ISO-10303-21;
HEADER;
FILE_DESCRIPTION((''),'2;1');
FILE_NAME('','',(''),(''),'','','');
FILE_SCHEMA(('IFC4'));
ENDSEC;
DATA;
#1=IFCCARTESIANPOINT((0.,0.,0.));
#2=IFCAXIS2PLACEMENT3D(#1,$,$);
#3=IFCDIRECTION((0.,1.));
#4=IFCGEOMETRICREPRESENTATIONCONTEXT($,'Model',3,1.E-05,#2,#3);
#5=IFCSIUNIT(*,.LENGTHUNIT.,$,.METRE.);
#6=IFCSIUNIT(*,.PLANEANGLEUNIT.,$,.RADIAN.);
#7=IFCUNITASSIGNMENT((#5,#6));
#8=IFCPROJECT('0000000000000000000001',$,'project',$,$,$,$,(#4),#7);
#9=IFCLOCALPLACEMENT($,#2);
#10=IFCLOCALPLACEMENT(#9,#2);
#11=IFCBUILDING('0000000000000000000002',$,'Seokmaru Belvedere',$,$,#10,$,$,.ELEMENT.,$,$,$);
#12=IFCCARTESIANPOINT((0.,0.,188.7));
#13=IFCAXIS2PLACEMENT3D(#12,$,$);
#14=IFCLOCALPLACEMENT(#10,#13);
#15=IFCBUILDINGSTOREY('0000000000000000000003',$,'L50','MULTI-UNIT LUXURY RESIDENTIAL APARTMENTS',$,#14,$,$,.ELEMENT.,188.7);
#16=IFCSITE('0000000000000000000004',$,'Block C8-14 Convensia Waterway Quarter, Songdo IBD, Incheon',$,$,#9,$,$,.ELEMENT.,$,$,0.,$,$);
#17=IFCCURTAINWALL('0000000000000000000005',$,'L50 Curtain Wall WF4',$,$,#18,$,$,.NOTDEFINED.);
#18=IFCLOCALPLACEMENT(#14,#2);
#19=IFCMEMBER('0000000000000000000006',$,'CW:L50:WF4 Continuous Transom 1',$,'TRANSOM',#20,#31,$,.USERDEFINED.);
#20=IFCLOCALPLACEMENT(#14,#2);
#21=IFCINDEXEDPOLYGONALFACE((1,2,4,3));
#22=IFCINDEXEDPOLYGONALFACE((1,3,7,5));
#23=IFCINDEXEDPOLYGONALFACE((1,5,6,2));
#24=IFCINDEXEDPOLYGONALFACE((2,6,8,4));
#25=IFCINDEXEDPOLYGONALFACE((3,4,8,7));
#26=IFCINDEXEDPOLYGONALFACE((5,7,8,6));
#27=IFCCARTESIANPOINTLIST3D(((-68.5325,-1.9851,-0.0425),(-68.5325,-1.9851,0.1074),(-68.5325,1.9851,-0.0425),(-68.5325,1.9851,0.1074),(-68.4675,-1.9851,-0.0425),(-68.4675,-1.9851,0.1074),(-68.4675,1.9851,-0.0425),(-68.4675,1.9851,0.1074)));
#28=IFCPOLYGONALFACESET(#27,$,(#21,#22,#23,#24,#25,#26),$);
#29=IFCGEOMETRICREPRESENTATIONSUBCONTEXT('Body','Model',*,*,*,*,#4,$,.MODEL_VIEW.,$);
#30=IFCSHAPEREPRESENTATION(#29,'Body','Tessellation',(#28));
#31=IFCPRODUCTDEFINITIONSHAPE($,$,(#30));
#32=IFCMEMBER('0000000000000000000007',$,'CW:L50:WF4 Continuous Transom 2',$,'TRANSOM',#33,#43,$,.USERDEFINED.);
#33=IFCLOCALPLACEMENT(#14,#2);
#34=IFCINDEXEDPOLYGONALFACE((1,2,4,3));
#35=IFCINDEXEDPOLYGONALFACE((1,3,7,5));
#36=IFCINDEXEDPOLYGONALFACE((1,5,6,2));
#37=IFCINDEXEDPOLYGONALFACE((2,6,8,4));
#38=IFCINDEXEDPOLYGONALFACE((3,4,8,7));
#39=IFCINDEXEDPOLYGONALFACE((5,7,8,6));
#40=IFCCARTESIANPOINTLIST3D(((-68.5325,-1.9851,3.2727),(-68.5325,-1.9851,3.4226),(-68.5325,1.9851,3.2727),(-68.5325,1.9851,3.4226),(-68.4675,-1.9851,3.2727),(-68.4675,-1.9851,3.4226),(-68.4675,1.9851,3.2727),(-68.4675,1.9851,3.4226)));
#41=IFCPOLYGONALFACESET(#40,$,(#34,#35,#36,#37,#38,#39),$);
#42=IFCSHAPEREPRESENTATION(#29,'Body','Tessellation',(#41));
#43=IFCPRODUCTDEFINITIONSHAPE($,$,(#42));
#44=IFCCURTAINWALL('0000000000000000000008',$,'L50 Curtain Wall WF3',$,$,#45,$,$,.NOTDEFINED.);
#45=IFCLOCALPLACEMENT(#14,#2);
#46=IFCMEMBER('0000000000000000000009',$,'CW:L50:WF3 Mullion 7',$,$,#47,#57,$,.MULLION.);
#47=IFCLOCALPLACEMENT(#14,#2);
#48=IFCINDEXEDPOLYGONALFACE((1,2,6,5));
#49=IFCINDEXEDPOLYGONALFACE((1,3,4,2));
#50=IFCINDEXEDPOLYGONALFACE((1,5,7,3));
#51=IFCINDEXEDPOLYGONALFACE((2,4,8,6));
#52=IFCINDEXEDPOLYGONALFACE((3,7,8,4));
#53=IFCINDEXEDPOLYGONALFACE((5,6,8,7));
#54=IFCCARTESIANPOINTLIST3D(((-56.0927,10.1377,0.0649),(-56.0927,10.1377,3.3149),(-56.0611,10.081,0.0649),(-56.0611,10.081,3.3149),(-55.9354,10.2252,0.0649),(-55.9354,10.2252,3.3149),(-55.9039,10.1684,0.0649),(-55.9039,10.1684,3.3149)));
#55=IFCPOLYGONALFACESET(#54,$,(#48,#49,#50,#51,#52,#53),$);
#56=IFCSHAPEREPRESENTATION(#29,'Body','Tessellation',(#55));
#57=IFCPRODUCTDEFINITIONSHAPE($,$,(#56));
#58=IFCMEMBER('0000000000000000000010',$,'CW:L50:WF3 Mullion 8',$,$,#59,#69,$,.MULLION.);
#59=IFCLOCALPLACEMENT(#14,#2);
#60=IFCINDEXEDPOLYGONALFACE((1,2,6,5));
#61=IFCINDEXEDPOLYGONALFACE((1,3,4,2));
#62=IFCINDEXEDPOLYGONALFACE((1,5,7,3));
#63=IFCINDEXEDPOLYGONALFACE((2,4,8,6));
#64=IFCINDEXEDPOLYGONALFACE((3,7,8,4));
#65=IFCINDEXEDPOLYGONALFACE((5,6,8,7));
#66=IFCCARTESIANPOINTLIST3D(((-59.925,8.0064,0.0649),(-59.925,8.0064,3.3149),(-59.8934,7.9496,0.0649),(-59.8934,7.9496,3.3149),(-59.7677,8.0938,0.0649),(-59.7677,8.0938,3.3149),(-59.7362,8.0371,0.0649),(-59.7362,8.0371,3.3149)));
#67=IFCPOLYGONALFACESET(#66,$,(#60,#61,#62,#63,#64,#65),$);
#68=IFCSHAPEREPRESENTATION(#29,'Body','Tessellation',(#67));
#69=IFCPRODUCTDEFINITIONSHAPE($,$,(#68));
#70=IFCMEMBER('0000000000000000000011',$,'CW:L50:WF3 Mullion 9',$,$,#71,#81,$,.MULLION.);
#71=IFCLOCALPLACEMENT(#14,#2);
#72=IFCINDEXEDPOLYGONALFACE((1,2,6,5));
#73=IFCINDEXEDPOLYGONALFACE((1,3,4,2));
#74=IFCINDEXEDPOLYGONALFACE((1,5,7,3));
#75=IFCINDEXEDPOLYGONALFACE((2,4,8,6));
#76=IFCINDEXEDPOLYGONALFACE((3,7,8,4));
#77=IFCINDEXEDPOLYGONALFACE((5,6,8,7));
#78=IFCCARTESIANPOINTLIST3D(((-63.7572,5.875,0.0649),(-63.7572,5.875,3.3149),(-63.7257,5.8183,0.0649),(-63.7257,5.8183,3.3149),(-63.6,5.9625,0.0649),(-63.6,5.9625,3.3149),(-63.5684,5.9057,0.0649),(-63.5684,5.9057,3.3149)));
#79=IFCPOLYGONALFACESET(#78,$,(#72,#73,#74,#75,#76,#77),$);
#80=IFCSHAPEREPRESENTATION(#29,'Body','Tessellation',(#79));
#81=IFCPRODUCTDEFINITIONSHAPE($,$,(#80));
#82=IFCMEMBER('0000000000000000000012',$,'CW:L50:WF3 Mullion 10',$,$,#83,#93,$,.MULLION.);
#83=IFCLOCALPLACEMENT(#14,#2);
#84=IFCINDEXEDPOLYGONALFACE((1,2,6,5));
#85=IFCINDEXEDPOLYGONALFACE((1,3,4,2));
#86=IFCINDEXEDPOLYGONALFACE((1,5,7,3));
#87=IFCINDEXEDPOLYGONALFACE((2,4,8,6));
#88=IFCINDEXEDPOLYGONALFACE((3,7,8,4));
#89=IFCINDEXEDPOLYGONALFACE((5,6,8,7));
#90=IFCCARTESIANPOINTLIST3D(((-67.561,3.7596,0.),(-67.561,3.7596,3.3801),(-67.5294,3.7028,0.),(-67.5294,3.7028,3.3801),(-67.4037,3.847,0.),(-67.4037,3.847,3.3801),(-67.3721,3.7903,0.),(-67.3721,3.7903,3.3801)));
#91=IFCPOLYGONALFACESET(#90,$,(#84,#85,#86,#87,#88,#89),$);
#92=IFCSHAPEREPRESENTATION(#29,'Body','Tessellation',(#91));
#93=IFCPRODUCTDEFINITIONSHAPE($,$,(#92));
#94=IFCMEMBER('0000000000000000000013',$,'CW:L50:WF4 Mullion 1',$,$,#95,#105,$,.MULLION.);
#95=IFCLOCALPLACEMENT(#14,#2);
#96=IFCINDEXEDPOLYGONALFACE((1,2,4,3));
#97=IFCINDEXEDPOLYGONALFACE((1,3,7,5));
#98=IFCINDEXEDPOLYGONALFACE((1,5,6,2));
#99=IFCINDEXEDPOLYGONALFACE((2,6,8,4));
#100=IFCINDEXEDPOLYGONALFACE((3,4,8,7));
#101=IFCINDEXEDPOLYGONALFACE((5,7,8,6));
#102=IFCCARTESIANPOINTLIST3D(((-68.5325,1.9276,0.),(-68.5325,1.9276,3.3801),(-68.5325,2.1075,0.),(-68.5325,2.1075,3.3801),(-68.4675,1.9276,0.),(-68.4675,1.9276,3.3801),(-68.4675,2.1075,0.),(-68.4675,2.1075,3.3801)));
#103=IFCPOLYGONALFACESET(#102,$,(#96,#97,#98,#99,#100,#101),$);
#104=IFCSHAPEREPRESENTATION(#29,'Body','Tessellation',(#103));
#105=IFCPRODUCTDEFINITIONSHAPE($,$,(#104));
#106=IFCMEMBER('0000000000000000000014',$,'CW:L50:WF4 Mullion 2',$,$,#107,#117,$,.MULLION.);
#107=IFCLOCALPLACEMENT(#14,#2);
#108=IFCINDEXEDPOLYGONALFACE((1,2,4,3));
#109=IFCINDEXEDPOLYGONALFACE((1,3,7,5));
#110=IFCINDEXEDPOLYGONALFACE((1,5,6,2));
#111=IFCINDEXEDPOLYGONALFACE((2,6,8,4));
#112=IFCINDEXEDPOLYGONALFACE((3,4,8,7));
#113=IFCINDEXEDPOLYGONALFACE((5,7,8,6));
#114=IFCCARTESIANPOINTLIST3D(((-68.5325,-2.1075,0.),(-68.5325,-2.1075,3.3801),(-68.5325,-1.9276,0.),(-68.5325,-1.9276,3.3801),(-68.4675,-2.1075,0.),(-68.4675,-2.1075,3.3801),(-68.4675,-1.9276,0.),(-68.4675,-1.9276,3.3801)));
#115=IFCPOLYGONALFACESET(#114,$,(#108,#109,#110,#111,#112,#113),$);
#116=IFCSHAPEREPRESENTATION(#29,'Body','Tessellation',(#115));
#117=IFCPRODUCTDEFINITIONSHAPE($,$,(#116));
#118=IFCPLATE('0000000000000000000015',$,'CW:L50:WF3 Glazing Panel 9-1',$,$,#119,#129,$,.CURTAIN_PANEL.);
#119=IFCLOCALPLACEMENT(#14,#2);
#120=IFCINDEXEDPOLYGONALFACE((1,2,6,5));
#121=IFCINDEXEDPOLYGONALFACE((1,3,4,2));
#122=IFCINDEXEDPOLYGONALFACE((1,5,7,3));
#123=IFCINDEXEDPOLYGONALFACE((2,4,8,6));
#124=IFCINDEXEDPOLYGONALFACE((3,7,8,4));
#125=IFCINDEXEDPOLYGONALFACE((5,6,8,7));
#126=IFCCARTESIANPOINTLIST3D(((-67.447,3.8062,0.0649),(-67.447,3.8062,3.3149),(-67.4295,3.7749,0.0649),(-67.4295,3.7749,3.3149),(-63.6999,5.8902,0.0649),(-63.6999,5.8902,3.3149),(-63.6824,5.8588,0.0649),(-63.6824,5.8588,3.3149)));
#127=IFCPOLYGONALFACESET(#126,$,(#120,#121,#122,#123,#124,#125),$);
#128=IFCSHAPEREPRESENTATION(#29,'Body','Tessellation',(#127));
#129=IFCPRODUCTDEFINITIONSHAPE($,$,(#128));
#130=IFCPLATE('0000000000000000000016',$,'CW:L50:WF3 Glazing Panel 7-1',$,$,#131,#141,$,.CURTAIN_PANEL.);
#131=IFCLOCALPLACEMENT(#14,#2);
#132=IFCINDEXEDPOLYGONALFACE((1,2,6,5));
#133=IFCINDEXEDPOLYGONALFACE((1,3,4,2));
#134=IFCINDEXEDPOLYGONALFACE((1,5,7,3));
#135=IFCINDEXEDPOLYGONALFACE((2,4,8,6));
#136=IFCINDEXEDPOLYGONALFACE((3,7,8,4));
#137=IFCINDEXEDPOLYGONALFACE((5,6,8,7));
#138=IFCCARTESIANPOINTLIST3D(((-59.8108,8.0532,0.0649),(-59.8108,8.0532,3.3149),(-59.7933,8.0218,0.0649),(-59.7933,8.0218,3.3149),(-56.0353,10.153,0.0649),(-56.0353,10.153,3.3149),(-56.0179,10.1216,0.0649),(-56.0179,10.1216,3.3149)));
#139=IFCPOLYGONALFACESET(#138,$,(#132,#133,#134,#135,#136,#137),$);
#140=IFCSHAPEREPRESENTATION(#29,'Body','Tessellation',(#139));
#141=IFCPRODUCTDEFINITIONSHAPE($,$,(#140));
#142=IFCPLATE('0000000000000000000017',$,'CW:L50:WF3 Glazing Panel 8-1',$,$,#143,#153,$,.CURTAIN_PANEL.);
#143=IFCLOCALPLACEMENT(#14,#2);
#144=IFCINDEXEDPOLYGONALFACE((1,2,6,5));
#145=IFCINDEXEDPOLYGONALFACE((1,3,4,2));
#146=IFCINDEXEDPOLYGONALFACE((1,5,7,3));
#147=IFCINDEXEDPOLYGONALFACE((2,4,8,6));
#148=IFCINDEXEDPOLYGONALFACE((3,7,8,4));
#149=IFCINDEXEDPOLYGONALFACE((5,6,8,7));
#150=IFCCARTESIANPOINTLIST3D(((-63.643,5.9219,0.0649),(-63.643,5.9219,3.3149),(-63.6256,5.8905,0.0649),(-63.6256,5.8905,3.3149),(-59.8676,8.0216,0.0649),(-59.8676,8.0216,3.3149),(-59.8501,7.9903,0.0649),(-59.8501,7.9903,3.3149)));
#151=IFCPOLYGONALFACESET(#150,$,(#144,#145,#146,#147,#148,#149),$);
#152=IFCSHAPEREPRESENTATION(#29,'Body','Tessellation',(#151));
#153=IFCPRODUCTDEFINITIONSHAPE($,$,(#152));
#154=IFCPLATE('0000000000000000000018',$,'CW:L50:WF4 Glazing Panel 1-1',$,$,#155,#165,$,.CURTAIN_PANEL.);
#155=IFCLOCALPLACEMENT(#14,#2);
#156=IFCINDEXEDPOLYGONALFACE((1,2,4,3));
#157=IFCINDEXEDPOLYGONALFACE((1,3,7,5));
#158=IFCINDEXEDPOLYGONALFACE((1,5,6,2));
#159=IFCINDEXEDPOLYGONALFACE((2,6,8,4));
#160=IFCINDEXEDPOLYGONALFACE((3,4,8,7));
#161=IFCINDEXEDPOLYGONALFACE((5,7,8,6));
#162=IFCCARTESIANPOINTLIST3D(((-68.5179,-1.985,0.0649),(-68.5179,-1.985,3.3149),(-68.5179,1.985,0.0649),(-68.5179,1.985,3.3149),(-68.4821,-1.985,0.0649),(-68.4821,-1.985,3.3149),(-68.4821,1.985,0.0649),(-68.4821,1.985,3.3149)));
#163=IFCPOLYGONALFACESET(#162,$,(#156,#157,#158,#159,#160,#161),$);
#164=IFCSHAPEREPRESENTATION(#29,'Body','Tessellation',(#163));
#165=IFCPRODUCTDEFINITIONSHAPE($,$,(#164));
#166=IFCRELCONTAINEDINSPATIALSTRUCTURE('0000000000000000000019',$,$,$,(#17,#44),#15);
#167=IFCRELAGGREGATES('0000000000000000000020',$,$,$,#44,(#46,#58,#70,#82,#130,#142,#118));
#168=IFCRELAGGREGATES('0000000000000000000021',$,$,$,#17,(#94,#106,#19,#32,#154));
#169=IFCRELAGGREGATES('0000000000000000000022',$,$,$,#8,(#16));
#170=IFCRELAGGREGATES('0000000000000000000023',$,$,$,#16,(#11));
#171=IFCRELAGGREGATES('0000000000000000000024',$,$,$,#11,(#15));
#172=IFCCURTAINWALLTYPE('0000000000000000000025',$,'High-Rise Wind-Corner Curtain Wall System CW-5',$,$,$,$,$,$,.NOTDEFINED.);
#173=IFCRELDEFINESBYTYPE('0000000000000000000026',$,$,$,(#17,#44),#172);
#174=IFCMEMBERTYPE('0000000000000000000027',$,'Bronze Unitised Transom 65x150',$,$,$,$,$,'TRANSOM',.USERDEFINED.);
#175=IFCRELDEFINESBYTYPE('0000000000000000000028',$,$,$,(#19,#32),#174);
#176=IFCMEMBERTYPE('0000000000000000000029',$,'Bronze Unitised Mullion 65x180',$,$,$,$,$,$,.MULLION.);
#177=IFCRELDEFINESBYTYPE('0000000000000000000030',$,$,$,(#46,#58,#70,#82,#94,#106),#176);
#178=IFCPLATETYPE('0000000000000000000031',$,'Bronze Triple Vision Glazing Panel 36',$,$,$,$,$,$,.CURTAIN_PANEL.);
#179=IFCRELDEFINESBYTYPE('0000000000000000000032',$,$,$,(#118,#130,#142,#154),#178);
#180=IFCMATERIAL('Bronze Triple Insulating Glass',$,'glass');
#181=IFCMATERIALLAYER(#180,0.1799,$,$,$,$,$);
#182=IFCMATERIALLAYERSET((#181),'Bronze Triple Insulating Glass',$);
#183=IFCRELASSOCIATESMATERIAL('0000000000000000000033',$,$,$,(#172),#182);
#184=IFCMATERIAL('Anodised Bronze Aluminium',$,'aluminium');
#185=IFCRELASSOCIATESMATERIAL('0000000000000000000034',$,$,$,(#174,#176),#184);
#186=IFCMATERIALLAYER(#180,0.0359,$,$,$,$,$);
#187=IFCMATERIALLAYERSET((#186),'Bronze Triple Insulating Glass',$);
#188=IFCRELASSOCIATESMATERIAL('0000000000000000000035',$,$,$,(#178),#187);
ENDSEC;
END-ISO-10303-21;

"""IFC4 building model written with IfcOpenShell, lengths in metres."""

from ifc_helpers import new_model, si_unit, direction, frame, origin, origin_2d, place, context, subcontext, project, spatial, rectangle, extrude, source, transform, mapped, material, layer, layer_set, material_profile, profile_set, type_object, type_shapes, element, aggregate, save


model = new_model("IFC4")

# Units and contexts
model_context = context("Model", 3, precision=1e-05, world=origin(), true_north=direction((0.0, 1.0)))
body_context = subcontext(model_context, "Body", "Model", "MODEL_VIEW")
ifc_project = project(units=[si_unit("LENGTHUNIT", "METRE"), si_unit("PLANEANGLEUNIT", "RADIAN")], contexts=[model_context])

# Site, building, storey
site_placement = place(None, origin())
site = spatial("IfcSite", under=ifc_project, at=site_placement, Name="Block C8-14 Convensia Waterway Quarter, Songdo IBD, Incheon", CompositionType="ELEMENT", RefElevation=0.0)
building_placement = place(site_placement, origin())
building = spatial("IfcBuilding", under=site, at=building_placement, Name="Seokmaru Belvedere", CompositionType="ELEMENT")
storey_placement = place(building_placement, frame((0.0, 0.0, 188.7)))
storey = spatial("IfcBuildingStorey", under=building, at=storey_placement, Name="L50", Description="MULTI-UNIT LUXURY RESIDENTIAL APARTMENTS", CompositionType="ELEMENT", Elevation=188.7)

# Curtain walls, members
ifc_material_1 = material(Name="Bronze Triple Insulating Glass", Category="glass")
ifc_layer_1 = layer(ifc_material_1, 0.1799)
ifc_layer_set_1 = layer_set([ifc_layer_1], Name="Bronze Triple Insulating Glass")
curtain_wall_type = type_object("IfcCurtainWallType", Name="High-Rise Wind-Corner Curtain Wall System CW-5", PredefinedType="NOTDEFINED", material=ifc_layer_set_1)
curtain_wall_1_placement = place(storey_placement, origin())
curtain_wall_1 = element("IfcCurtainWall", 1, at=curtain_wall_1_placement, inside=storey, type_object=curtain_wall_type, Name="L50 Curtain Wall WF4", PredefinedType="NOTDEFINED")
ifc_material_2 = material(Name="Anodised Bronze Aluminium", Category="aluminium")
ifc_material_profile_1 = material_profile(ifc_material_2, rectangle(XDim=0.0649, YDim=0.1499, at=origin_2d()), Name="CW-T-65x150")
ifc_profile_set_1 = profile_set([ifc_material_profile_1], Name="Anodised Bronze Aluminium")
member_type_1 = type_object("IfcMemberType", Name="Bronze Unitised Transom 65x150", ElementType="TRANSOM", PredefinedType="USERDEFINED", material=ifc_profile_set_1)
shared_shape_1 = source(origin(), body_context, "Body", "SweptSolid", [
    extrude(rectangle(XDim=0.0649, YDim=0.1499, at=origin_2d()), origin(), (0.0, 0.0, 1.0), 3.9702),
])
type_shapes(member_type_1, [shared_shape_1])
member_1_placement = place(storey_placement, frame((-68.5, 1.9851, 0.0325), z_axis=(0.0, -1.0, 0.0), x_axis=(1.0, 0.0, 0.0)))
member_1 = element("IfcMember", 2, at=member_1_placement, type_object=member_type_1, Name="CW:L50:WF4 Continuous Transom 1", ObjectType="TRANSOM", PredefinedType="USERDEFINED", context=body_context, shape_type="MappedRepresentation", body=[
    mapped(shared_shape_1, transform((0.0, 0.0, 0.0), scale=1.0)),
])
member_2_placement = place(storey_placement, frame((-68.5, 1.9851, 3.3477), z_axis=(0.0, -1.0, 0.0), x_axis=(1.0, 0.0, 0.0)))
member_2 = element("IfcMember", 3, at=member_2_placement, type_object=member_type_1, Name="CW:L50:WF4 Continuous Transom 2", ObjectType="TRANSOM", PredefinedType="USERDEFINED", context=body_context, shape_type="MappedRepresentation", body=[
    mapped(shared_shape_1, transform((0.0, 0.0, 0.0), scale=1.0)),
])
curtain_wall_2_placement = place(storey_placement, origin())
curtain_wall_2 = element("IfcCurtainWall", 4, at=curtain_wall_2_placement, inside=storey, type_object=curtain_wall_type, Name="L50 Curtain Wall WF3", PredefinedType="NOTDEFINED")
ifc_material_profile_2 = material_profile(ifc_material_2, rectangle(XDim=0.0649, YDim=0.1799, at=origin_2d()), Name="CW-M-65x180")
ifc_profile_set_2 = profile_set([ifc_material_profile_2], Name="Anodised Bronze Aluminium")
member_type_2 = type_object("IfcMemberType", Name="Bronze Unitised Mullion 65x180", PredefinedType="MULLION", material=ifc_profile_set_2)
shared_shape_2 = source(origin(), body_context, "Body", "SweptSolid", [
    extrude(rectangle(XDim=0.0649, YDim=0.1799, at=origin_2d()), origin(), (0.0, 0.0, 1.0), 3.25),
])
member_3_placement = place(storey_placement, frame((-55.9983, 10.1531, 0.0649), z_axis=(0.0, 0.0, 1.0), x_axis=(0.486047, -0.873933, 0.0)))
member_3 = element("IfcMember", 5, at=member_3_placement, type_object=member_type_2, Name="CW:L50:WF3 Mullion 7", PredefinedType="MULLION", context=body_context, shape_type="MappedRepresentation", body=[
    mapped(shared_shape_2, transform((0.0, 0.0, 0.0), scale=1.0)),
])
member_4_placement = place(storey_placement, frame((-59.8306, 8.0217, 0.0649), z_axis=(0.0, 0.0, 1.0), x_axis=(0.486047, -0.873933, 0.0)))
member_4 = element("IfcMember", 6, at=member_4_placement, type_object=member_type_2, Name="CW:L50:WF3 Mullion 8", PredefinedType="MULLION", context=body_context, shape_type="MappedRepresentation", body=[
    mapped(shared_shape_2, transform((0.0, 0.0, 0.0), scale=1.0)),
])
member_5_placement = place(storey_placement, frame((-63.6628, 5.8904, 0.0649), z_axis=(0.0, 0.0, 1.0), x_axis=(0.486047, -0.873933, 0.0)))
member_5 = element("IfcMember", 7, at=member_5_placement, type_object=member_type_2, Name="CW:L50:WF3 Mullion 9", PredefinedType="MULLION", context=body_context, shape_type="MappedRepresentation", body=[
    mapped(shared_shape_2, transform((0.0, 0.0, 0.0), scale=1.0)),
])
shared_shape_3 = source(origin(), body_context, "Body", "SweptSolid", [
    extrude(rectangle(XDim=0.0649, YDim=0.1799, at=origin_2d()), origin(), (0.0, 0.0, 1.0), 3.3801),
])
type_shapes(member_type_2, [shared_shape_2, shared_shape_3])
member_6_placement = place(storey_placement, frame((-67.4666, 3.7749, 0.0), z_axis=(0.0, 0.0, 1.0), x_axis=(0.486047, -0.873933, 0.0)))
member_6 = element("IfcMember", 8, at=member_6_placement, type_object=member_type_2, Name="CW:L50:WF3 Mullion 10", PredefinedType="MULLION", context=body_context, shape_type="MappedRepresentation", body=[
    mapped(shared_shape_3, transform((0.0, 0.0, 0.0), scale=1.0)),
])

# Members
member_7_placement = place(storey_placement, frame((-68.5, 2.0176, 0.0), z_axis=(0.0, 0.0, 1.0), x_axis=(1.0, 0.0, 0.0)))
member_7 = element("IfcMember", 9, at=member_7_placement, type_object=member_type_2, Name="CW:L50:WF4 Mullion 1", PredefinedType="MULLION", context=body_context, shape_type="MappedRepresentation", body=[
    mapped(shared_shape_3, transform((0.0, 0.0, 0.0), scale=1.0)),
])
member_8_placement = place(storey_placement, frame((-68.5, -2.0176, 0.0), z_axis=(0.0, 0.0, 1.0), x_axis=(1.0, 0.0, 0.0)))
member_8 = element("IfcMember", 10, at=member_8_placement, type_object=member_type_2, Name="CW:L50:WF4 Mullion 2", PredefinedType="MULLION", context=body_context, shape_type="MappedRepresentation", body=[
    mapped(shared_shape_3, transform((0.0, 0.0, 0.0), scale=1.0)),
])

# Plates
ifc_layer_2 = layer(ifc_material_1, 0.0359)
ifc_layer_set_2 = layer_set([ifc_layer_2], Name="Bronze Triple Insulating Glass")
plate_type = type_object("IfcPlateType", Name="Bronze Triple Vision Glazing Panel 36", PredefinedType="CURTAIN_PANEL", material=ifc_layer_set_2)
shared_shape_4 = source(origin(), body_context, "Body", "SweptSolid", [
    extrude(rectangle(XDim=4.2876, YDim=0.0359, at=origin_2d()), origin(), (0.0, 0.0, 1.0), 3.25),
])
plate_1_placement = place(storey_placement, frame((-65.5647, 4.8325, 0.0649), z_axis=(0.0, 0.0, 1.0), x_axis=(-0.873933, -0.486047, 0.0)))
plate_1 = element("IfcPlate", 11, at=plate_1_placement, type_object=plate_type, Name="CW:L50:WF3 Glazing Panel 9-1", PredefinedType="CURTAIN_PANEL", context=body_context, shape_type="MappedRepresentation", body=[
    mapped(shared_shape_4, transform((0.0, 0.0, 0.0), scale=1.0)),
])
shared_shape_5 = source(origin(), body_context, "Body", "SweptSolid", [
    extrude(rectangle(XDim=4.3201, YDim=0.0359, at=origin_2d()), origin(), (0.0, 0.0, 1.0), 3.25),
])
plate_2_placement = place(storey_placement, frame((-57.9143, 9.0874, 0.0649), z_axis=(0.0, 0.0, 1.0), x_axis=(-0.873933, -0.486047, 0.0)))
plate_2 = element("IfcPlate", 12, at=plate_2_placement, type_object=plate_type, Name="CW:L50:WF3 Glazing Panel 7-1", PredefinedType="CURTAIN_PANEL", context=body_context, shape_type="MappedRepresentation", body=[
    mapped(shared_shape_5, transform((0.0, 0.0, 0.0), scale=1.0)),
])
plate_3_placement = place(storey_placement, frame((-61.7466, 6.9561, 0.0649), z_axis=(0.0, 0.0, 1.0), x_axis=(-0.873933, -0.486047, 0.0)))
plate_3 = element("IfcPlate", 13, at=plate_3_placement, type_object=plate_type, Name="CW:L50:WF3 Glazing Panel 8-1", PredefinedType="CURTAIN_PANEL", context=body_context, shape_type="MappedRepresentation", body=[
    mapped(shared_shape_5, transform((0.0, 0.0, 0.0), scale=1.0)),
])
aggregate(curtain_wall_2, [member_3, member_4, member_5, member_6, plate_2, plate_3, plate_1])
shared_shape_6 = source(origin(), body_context, "Body", "SweptSolid", [
    extrude(rectangle(XDim=3.97, YDim=0.0359, at=origin_2d()), origin(), (0.0, 0.0, 1.0), 3.25),
])
type_shapes(plate_type, [shared_shape_4, shared_shape_5, shared_shape_6])
plate_4_placement = place(storey_placement, frame((-68.5, 0.0, 0.0649), z_axis=(0.0, 0.0, 1.0), x_axis=(0.0, -1.0, 0.0)))
plate_4 = element("IfcPlate", 14, at=plate_4_placement, type_object=plate_type, Name="CW:L50:WF4 Glazing Panel 1-1", PredefinedType="CURTAIN_PANEL", context=body_context, shape_type="MappedRepresentation", body=[
    mapped(shared_shape_6, transform((0.0, 0.0, 0.0), scale=1.0)),
])
aggregate(curtain_wall_1, [member_7, member_8, member_1, member_2, plate_4])

save(model, "model.ifc")
